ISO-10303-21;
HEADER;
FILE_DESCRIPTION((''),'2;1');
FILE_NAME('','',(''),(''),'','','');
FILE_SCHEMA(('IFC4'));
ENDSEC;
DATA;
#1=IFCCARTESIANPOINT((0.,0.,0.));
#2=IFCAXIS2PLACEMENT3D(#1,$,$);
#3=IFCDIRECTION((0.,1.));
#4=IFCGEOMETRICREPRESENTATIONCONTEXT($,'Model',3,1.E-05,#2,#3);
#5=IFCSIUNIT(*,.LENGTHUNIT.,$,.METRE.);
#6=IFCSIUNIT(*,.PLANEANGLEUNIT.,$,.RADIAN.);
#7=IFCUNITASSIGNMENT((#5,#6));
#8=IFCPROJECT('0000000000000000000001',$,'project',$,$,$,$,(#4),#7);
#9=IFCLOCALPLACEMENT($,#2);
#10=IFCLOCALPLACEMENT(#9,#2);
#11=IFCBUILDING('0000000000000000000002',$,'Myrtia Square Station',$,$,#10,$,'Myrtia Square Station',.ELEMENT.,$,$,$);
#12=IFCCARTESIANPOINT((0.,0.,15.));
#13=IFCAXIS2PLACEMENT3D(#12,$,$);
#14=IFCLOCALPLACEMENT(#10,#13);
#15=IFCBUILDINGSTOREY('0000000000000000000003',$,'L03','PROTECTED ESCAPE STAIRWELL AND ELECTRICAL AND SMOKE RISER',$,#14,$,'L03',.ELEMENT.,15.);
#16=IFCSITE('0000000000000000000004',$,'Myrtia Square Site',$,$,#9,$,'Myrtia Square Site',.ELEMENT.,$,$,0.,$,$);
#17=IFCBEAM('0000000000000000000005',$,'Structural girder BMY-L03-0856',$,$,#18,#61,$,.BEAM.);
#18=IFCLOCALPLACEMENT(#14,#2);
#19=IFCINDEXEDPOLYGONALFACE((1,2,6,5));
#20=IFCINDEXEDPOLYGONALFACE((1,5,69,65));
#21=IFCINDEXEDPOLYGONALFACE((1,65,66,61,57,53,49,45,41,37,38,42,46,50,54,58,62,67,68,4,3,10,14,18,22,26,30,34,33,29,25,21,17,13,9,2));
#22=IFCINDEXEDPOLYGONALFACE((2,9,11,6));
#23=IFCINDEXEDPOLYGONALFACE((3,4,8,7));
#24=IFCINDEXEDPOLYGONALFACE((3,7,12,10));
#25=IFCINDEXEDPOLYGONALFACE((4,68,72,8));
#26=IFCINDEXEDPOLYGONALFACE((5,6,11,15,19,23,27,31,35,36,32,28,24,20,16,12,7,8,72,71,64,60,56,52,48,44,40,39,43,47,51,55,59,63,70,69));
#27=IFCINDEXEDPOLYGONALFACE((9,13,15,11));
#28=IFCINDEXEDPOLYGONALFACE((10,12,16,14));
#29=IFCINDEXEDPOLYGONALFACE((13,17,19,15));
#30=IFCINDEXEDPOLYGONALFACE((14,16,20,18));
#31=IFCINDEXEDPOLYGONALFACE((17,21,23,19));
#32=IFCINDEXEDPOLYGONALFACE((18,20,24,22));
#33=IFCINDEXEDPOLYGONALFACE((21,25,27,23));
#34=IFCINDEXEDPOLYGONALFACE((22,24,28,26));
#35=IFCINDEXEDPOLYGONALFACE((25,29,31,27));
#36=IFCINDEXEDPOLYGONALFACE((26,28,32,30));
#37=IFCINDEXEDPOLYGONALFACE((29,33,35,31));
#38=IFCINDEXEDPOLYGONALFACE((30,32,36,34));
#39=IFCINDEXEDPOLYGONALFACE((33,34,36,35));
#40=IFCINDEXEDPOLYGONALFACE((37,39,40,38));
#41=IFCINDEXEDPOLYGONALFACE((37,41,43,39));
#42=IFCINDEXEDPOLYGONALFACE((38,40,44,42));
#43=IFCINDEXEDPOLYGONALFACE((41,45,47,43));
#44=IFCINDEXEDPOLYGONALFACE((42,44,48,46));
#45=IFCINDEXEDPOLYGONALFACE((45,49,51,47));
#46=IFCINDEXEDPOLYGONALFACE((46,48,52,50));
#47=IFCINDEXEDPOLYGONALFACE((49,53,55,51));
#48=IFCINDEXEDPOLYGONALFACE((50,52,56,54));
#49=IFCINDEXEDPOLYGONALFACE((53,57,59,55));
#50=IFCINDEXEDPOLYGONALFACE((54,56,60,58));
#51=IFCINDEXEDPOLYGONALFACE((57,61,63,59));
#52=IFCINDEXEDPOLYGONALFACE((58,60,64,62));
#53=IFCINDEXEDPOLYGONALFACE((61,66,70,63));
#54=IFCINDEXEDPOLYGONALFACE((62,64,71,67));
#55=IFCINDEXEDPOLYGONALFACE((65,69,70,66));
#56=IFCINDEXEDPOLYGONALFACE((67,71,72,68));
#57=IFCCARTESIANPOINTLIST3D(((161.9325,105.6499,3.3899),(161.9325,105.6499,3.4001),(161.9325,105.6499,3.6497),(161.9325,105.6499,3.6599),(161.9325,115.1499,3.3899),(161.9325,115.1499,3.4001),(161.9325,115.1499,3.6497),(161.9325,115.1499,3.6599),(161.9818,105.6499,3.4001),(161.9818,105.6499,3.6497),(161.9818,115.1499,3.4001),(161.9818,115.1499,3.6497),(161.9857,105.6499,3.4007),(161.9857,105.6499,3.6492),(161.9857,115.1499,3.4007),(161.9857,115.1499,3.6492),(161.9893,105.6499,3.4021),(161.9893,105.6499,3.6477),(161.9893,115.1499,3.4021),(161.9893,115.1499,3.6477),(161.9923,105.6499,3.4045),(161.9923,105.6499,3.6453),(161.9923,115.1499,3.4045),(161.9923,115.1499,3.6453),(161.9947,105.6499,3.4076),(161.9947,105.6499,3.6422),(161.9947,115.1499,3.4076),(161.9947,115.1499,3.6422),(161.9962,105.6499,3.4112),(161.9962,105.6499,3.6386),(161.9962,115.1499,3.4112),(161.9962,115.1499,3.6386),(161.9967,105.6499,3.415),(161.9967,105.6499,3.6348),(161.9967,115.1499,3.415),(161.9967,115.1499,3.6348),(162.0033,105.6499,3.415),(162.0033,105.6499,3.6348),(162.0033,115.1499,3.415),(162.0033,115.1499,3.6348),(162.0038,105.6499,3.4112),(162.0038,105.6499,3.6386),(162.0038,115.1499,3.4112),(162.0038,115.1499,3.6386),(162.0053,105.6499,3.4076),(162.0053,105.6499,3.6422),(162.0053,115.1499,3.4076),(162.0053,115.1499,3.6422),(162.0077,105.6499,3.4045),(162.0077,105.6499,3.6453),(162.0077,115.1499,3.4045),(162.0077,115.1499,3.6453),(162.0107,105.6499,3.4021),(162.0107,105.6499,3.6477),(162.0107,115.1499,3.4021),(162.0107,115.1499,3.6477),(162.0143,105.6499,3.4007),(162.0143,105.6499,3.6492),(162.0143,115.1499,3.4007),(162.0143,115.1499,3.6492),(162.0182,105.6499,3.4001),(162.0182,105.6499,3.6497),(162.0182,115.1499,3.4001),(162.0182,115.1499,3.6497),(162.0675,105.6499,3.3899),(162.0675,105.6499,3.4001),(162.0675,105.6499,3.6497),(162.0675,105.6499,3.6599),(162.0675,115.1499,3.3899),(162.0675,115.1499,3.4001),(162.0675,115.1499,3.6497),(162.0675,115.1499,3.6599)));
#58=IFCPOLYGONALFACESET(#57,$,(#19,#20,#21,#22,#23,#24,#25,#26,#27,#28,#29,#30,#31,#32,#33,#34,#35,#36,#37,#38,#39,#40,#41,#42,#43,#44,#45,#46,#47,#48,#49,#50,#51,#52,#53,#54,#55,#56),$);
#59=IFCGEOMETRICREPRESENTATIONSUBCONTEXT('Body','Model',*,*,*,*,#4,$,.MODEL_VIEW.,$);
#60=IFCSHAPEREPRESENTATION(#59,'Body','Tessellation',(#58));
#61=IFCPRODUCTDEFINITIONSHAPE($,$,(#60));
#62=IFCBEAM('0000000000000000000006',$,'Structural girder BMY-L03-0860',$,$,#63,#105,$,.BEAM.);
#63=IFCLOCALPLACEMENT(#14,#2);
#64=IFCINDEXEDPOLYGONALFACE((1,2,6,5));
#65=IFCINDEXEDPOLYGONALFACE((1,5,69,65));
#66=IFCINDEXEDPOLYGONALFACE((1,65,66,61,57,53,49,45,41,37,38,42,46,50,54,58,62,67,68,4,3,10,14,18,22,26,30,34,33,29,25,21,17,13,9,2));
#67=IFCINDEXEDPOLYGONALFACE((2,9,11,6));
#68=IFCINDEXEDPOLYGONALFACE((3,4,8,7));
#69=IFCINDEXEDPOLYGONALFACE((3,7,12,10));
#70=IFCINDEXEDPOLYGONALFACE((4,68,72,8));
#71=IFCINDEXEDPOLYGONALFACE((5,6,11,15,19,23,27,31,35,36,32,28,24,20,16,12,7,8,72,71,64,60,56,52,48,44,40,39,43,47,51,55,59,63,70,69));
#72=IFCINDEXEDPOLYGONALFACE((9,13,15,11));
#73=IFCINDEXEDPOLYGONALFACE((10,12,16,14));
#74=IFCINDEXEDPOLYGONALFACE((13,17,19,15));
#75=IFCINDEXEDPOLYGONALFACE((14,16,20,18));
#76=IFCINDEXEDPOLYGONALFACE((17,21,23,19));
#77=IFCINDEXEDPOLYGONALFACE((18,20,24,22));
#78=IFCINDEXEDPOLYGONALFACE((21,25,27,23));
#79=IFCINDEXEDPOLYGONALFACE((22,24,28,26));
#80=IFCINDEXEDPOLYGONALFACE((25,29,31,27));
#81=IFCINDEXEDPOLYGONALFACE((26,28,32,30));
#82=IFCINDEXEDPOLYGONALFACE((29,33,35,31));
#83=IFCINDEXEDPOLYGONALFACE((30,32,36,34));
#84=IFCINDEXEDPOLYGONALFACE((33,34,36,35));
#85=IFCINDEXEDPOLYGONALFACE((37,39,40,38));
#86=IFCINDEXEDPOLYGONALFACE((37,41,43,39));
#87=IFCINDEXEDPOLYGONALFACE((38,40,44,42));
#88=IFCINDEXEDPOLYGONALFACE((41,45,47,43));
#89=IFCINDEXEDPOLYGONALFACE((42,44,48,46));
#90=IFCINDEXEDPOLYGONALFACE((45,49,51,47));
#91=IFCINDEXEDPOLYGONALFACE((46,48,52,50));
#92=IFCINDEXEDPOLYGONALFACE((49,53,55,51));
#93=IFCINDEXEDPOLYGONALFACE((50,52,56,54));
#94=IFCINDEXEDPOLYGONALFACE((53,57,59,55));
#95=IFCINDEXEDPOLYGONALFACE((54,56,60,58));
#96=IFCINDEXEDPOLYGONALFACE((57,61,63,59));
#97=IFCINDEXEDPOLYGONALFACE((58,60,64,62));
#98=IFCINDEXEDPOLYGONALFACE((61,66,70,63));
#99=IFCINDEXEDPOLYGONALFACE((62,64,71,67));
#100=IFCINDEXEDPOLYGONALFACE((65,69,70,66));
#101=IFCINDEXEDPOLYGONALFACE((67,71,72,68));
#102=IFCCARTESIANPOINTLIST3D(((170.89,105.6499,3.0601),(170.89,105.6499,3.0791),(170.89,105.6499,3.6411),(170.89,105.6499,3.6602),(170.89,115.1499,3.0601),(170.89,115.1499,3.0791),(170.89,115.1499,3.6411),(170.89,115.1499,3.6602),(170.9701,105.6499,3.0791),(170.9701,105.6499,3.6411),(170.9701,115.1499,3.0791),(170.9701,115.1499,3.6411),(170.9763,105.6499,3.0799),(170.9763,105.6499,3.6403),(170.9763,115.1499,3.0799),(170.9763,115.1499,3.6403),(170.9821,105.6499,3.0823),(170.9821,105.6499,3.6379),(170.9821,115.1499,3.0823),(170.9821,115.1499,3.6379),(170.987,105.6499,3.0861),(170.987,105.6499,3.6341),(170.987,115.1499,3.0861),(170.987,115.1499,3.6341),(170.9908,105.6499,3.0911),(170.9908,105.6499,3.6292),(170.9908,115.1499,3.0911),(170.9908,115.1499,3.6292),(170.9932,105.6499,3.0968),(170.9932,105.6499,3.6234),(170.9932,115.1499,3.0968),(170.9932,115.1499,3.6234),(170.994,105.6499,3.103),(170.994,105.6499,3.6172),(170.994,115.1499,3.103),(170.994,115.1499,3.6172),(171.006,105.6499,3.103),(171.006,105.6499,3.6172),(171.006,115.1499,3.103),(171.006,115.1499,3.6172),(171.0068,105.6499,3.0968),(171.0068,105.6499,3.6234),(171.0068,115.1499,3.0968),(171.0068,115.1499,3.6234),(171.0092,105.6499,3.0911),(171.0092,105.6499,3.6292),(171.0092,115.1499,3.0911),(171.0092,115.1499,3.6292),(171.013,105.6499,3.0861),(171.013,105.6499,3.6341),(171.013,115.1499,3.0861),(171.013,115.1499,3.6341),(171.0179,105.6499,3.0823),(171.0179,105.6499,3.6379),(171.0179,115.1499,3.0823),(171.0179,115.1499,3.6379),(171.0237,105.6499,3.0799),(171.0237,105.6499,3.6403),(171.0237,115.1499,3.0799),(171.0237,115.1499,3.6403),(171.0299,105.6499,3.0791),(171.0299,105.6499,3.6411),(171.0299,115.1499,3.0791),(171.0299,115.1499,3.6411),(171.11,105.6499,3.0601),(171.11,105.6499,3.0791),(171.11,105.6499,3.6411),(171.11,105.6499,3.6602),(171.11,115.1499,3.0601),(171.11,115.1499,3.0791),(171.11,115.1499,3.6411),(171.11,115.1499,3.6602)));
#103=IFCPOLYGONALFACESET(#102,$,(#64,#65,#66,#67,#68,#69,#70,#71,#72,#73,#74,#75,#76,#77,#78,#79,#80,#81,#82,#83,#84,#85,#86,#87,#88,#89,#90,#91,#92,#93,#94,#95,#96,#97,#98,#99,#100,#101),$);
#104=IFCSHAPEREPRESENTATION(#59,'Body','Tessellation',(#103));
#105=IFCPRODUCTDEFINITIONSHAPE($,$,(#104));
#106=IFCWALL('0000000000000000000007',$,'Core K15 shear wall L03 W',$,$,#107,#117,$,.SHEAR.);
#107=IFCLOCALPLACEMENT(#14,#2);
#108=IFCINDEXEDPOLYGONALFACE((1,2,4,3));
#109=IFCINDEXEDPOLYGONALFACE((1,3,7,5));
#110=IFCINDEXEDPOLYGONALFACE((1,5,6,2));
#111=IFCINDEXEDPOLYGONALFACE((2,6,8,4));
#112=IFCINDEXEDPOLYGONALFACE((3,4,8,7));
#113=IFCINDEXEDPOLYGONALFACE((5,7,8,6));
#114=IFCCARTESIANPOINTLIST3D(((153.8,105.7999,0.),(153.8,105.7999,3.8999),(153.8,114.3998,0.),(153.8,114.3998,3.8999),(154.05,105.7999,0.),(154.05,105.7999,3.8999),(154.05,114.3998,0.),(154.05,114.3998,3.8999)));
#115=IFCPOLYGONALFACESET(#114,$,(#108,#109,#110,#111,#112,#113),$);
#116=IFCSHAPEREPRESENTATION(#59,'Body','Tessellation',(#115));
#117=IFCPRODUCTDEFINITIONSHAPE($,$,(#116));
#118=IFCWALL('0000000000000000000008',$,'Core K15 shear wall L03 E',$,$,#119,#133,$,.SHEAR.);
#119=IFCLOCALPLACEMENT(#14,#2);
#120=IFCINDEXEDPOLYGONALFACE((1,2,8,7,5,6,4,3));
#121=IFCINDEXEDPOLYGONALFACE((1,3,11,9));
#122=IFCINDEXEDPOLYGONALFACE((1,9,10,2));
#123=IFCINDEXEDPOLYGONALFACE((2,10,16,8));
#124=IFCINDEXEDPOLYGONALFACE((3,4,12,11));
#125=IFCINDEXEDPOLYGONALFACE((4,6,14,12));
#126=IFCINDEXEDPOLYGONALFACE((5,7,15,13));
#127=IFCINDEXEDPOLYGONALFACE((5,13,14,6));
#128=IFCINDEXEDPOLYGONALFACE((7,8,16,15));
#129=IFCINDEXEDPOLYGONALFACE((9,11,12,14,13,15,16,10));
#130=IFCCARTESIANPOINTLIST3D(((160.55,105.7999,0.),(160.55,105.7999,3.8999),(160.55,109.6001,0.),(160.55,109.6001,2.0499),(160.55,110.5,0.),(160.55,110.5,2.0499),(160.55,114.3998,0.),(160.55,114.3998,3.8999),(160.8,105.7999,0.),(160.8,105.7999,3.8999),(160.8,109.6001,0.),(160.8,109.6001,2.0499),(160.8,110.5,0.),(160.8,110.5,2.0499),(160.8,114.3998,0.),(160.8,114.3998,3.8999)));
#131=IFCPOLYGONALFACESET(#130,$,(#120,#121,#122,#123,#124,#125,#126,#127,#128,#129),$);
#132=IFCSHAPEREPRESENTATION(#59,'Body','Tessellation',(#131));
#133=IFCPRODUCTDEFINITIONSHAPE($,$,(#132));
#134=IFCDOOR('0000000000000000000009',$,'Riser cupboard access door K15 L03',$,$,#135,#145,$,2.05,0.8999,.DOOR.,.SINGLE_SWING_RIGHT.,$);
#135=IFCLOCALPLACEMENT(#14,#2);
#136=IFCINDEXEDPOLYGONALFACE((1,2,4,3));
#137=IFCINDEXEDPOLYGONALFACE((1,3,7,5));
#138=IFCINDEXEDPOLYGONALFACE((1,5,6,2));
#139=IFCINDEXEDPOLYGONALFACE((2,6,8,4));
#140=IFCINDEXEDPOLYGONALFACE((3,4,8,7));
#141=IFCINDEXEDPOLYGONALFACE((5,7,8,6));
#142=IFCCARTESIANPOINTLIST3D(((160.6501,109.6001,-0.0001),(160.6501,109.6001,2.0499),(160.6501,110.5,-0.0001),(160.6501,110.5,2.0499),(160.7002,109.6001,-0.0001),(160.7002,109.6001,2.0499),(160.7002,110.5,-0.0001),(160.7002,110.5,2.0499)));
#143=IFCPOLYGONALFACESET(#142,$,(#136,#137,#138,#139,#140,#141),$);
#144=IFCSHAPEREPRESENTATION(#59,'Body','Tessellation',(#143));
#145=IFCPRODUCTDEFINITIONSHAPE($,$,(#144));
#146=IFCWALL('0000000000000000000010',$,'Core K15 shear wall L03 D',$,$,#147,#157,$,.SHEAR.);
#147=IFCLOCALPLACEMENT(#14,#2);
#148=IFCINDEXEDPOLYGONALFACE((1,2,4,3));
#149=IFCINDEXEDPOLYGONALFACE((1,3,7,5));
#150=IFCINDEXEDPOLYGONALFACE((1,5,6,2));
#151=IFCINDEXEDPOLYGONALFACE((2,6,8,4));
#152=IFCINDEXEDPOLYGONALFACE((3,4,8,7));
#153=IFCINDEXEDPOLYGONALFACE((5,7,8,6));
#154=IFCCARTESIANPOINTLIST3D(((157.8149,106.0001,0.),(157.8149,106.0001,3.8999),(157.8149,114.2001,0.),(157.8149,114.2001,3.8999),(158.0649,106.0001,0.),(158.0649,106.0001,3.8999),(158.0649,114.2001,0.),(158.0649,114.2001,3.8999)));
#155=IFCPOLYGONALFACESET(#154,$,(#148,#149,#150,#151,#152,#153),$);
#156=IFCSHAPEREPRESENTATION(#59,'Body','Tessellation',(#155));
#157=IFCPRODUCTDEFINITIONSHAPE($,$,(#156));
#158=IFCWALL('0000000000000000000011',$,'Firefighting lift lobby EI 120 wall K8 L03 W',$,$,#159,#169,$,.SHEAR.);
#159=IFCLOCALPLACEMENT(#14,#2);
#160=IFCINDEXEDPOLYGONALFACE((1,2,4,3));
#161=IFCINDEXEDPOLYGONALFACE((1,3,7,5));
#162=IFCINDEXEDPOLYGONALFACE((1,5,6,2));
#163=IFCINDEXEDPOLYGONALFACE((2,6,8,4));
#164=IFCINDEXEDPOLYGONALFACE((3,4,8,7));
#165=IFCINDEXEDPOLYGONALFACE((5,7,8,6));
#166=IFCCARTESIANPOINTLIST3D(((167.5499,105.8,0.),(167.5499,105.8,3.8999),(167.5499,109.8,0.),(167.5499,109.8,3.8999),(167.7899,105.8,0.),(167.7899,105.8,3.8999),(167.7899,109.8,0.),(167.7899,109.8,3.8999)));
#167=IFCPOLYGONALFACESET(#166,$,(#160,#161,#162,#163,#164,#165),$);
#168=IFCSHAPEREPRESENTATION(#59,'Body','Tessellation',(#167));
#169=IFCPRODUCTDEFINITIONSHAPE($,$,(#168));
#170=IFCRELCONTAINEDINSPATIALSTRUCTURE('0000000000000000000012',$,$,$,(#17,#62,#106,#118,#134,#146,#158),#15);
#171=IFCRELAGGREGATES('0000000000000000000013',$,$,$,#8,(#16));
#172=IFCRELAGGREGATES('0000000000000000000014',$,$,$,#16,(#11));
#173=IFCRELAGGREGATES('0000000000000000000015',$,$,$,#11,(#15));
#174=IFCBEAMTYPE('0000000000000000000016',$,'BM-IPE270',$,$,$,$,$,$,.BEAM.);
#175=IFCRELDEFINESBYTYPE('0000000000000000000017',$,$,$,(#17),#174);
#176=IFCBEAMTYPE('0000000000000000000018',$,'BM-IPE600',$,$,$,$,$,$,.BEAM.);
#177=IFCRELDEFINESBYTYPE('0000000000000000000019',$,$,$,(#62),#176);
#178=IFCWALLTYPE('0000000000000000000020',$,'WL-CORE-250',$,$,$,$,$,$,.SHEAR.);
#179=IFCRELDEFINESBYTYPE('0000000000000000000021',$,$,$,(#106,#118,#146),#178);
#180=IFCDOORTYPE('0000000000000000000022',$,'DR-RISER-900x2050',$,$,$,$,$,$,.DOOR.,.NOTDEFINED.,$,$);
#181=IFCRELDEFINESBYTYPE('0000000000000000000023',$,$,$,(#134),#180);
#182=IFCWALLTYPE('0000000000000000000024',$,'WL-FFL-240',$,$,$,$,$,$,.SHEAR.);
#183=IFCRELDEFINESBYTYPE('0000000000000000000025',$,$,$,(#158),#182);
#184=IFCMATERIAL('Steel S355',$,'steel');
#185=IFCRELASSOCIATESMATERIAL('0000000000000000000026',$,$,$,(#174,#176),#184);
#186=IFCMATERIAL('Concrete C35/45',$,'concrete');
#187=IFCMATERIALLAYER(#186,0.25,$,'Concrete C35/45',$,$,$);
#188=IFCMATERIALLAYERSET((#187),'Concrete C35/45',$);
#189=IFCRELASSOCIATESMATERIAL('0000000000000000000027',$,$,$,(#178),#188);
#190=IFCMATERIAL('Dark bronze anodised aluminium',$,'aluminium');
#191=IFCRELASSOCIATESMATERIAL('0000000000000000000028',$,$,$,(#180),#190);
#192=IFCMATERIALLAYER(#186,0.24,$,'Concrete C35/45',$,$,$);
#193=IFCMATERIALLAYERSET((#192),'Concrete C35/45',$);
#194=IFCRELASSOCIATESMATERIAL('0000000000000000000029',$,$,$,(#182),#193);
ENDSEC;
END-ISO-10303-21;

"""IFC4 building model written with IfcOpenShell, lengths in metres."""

from ifc_helpers import new_model, si_unit, direction, frame, frame_2d, origin, origin_2d, place, context, subcontext, project, spatial, rectangle, i_section, extrude, material, layer, layer_set, material_profile, profile_set, type_object, element, fill, save


model = new_model("IFC4")

# Units and contexts
model_context = context("Model", 3, precision=1e-05, world=origin(), true_north=direction((0.0, 1.0)))
body_context = subcontext(model_context, "Body", "Model", "MODEL_VIEW")
ifc_project = project(units=[si_unit("LENGTHUNIT", "METRE"), si_unit("PLANEANGLEUNIT", "RADIAN")], contexts=[model_context])

# Site, building, storey
site_placement = place(None, origin())
site = spatial("IfcSite", under=ifc_project, at=site_placement, Name="Myrtia Square Site", LongName="Myrtia Square Site", CompositionType="ELEMENT", RefElevation=0.0)
building_placement = place(site_placement, origin())
building = spatial("IfcBuilding", under=site, at=building_placement, Name="Myrtia Square Station", LongName="Myrtia Square Station", CompositionType="ELEMENT")
storey_placement = place(building_placement, frame((0.0, 0.0, 15.0)))
storey = spatial("IfcBuildingStorey", under=building, at=storey_placement, Name="L03", Description="PROTECTED ESCAPE STAIRWELL AND ELECTRICAL AND SMOKE RISER", LongName="L03", CompositionType="ELEMENT", Elevation=15.0)

# Beams
ifc_material_1 = material(Name="Steel S355", Category="steel")
ifc_material_profile_1 = material_profile(ifc_material_1, i_section(OverallWidth=0.135, OverallDepth=0.27, WebThickness=0.0066, FlangeThickness=0.0103, FilletRadius=0.0149, at=origin_2d()), Name="IPE 270")
ifc_profile_set_1 = profile_set([ifc_material_profile_1], Name="Steel S355")
beam_type_1 = type_object("IfcBeamType", Name="BM-IPE270", PredefinedType="BEAM", material=ifc_profile_set_1)
beam_1_placement = place(storey_placement, frame((162.0, 105.6499, 3.5249), z_axis=(0.0, 1.0, 0.0), x_axis=(-1.0, 0.0, 0.0)))
element("IfcBeam", 1, at=beam_1_placement, inside=storey, type_object=beam_type_1, Name="Structural girder BMY-L03-0856", PredefinedType="BEAM", context=body_context, shape_type="SweptSolid", body=[
    extrude(i_section(OverallWidth=0.135, OverallDepth=0.27, WebThickness=0.0066, FlangeThickness=0.0103, FilletRadius=0.0149, at=origin_2d()), origin(), (0.0, 0.0, 1.0), 9.5),
])
ifc_material_profile_2 = material_profile(ifc_material_1, i_section(OverallWidth=0.22, OverallDepth=0.6001, WebThickness=0.012, FlangeThickness=0.019, FilletRadius=0.0239, at=origin_2d()), Name="IPE 600")
ifc_profile_set_2 = profile_set([ifc_material_profile_2], Name="Steel S355")
beam_type_2 = type_object("IfcBeamType", Name="BM-IPE600", PredefinedType="BEAM", material=ifc_profile_set_2)
beam_2_placement = place(storey_placement, frame((171.0, 105.6499, 3.3601), z_axis=(0.0, 1.0, 0.0), x_axis=(-1.0, 0.0, 0.0)))
element("IfcBeam", 2, at=beam_2_placement, inside=storey, type_object=beam_type_2, Name="Structural girder BMY-L03-0860", PredefinedType="BEAM", context=body_context, shape_type="SweptSolid", body=[
    extrude(i_section(OverallWidth=0.22, OverallDepth=0.6001, WebThickness=0.012, FlangeThickness=0.019, FilletRadius=0.0239, at=origin_2d()), origin(), (0.0, 0.0, 1.0), 9.5),
])

# Shared definitions
ifc_material_2 = material(Name="Concrete C35/45", Category="concrete")
ifc_layer_1 = layer(ifc_material_2, 0.25, Name="Concrete C35/45")
ifc_layer_set_1 = layer_set([ifc_layer_1], Name="Concrete C35/45")
wall_type_1 = type_object("IfcWallType", Name="WL-CORE-250", PredefinedType="SHEAR", material=ifc_layer_set_1)
ifc_material_3 = material(Name="Dark bronze anodised aluminium", Category="aluminium")

# Wall
wall_1_placement = place(storey_placement, frame((153.925, 105.8, 0.0), z_axis=(0.0, 0.0, 1.0), x_axis=(0.0, 1.0, 0.0)))
element("IfcWall", 3, at=wall_1_placement, inside=storey, type_object=wall_type_1, Name="Core K15 shear wall L03 W", PredefinedType="SHEAR", context=body_context, shape_type="SweptSolid", body=[
    extrude(rectangle(XDim=8.5999, YDim=0.25, at=frame_2d((4.2998, 0.0))), origin(), (0.0, 0.0, 1.0), 3.8999),
])

# Wall, opening, door
wall_2_placement = place(storey_placement, frame((160.675, 105.8, 0.0), z_axis=(0.0, 0.0, 1.0), x_axis=(0.0, 1.0, 0.0)))
wall_2 = element("IfcWall", 4, at=wall_2_placement, inside=storey, type_object=wall_type_1, Name="Core K15 shear wall L03 E", PredefinedType="SHEAR", context=body_context, shape_type="SweptSolid", body=[
    extrude(rectangle(XDim=8.5999, YDim=0.25, at=frame_2d((4.2998, 0.0))), origin(), (0.0, 0.0, 1.0), 3.8999),
])
opening_1_placement = place(wall_2_placement, frame((3.8, 0.0, 0.0)))
opening_1 = element("IfcOpeningElement", 5, at=opening_1_placement, cuts=wall_2, PredefinedType="OPENING", context=body_context, shape_type="SweptSolid", body=[
    extrude(rectangle(XDim=0.8999, YDim=2.05, at=frame_2d((0.45, 1.0249))), frame((0.0, 0.1399, 0.0), z_axis=(0.0, -1.0, 0.0), x_axis=(1.0, 0.0, 0.0)), (0.0, 0.0, 1.0), 0.28),
])
door_type_1 = type_object("IfcDoorType", Name="DR-RISER-900x2050", OperationType="NOTDEFINED", PredefinedType="DOOR", material=ifc_material_3)
door_1_placement = place(opening_1_placement, origin())
door_1 = element("IfcDoor", 6, at=door_1_placement, inside=storey, type_object=door_type_1, Name="Riser cupboard access door K15 L03", OperationType="SINGLE_SWING_RIGHT", OverallHeight=2.05, OverallWidth=0.8999, PredefinedType="DOOR", context=body_context, shape_type="SweptSolid", body=[
    extrude(rectangle(XDim=0.8999, YDim=2.05, at=frame_2d((0.45, 1.0249))), frame((0.0, 0.0249, 0.0), z_axis=(0.0, -1.0, 0.0), x_axis=(1.0, 0.0, 0.0)), (0.0, 0.0, 1.0), 0.05),
])
fill(opening_1, door_1)

# Walls
wall_3_placement = place(storey_placement, frame((157.9399, 106.0, 0.0), z_axis=(0.0, 0.0, 1.0), x_axis=(0.0, 1.0, 0.0)))
element("IfcWall", 7, at=wall_3_placement, inside=storey, type_object=wall_type_1, Name="Core K15 shear wall L03 D", PredefinedType="SHEAR", context=body_context, shape_type="SweptSolid", body=[
    extrude(rectangle(XDim=8.2, YDim=0.25, at=frame_2d((4.1001, 0.0))), origin(), (0.0, 0.0, 1.0), 3.8999),
])
ifc_layer_2 = layer(ifc_material_2, 0.24, Name="Concrete C35/45")
ifc_layer_set_2 = layer_set([ifc_layer_2], Name="Concrete C35/45")
wall_type_2 = type_object("IfcWallType", Name="WL-FFL-240", PredefinedType="SHEAR", material=ifc_layer_set_2)
wall_4_placement = place(storey_placement, frame((167.6699, 105.8, 0.0), z_axis=(0.0, 0.0, 1.0), x_axis=(0.0, 1.0, 0.0)))
element("IfcWall", 8, at=wall_4_placement, inside=storey, type_object=wall_type_2, Name="Firefighting lift lobby EI 120 wall K8 L03 W", PredefinedType="SHEAR", context=body_context, shape_type="SweptSolid", body=[
    extrude(rectangle(XDim=4.0, YDim=0.24, at=frame_2d((2.0, 0.0))), origin(), (0.0, 0.0, 1.0), 3.8999),
])

save(model, "model.ifc")
